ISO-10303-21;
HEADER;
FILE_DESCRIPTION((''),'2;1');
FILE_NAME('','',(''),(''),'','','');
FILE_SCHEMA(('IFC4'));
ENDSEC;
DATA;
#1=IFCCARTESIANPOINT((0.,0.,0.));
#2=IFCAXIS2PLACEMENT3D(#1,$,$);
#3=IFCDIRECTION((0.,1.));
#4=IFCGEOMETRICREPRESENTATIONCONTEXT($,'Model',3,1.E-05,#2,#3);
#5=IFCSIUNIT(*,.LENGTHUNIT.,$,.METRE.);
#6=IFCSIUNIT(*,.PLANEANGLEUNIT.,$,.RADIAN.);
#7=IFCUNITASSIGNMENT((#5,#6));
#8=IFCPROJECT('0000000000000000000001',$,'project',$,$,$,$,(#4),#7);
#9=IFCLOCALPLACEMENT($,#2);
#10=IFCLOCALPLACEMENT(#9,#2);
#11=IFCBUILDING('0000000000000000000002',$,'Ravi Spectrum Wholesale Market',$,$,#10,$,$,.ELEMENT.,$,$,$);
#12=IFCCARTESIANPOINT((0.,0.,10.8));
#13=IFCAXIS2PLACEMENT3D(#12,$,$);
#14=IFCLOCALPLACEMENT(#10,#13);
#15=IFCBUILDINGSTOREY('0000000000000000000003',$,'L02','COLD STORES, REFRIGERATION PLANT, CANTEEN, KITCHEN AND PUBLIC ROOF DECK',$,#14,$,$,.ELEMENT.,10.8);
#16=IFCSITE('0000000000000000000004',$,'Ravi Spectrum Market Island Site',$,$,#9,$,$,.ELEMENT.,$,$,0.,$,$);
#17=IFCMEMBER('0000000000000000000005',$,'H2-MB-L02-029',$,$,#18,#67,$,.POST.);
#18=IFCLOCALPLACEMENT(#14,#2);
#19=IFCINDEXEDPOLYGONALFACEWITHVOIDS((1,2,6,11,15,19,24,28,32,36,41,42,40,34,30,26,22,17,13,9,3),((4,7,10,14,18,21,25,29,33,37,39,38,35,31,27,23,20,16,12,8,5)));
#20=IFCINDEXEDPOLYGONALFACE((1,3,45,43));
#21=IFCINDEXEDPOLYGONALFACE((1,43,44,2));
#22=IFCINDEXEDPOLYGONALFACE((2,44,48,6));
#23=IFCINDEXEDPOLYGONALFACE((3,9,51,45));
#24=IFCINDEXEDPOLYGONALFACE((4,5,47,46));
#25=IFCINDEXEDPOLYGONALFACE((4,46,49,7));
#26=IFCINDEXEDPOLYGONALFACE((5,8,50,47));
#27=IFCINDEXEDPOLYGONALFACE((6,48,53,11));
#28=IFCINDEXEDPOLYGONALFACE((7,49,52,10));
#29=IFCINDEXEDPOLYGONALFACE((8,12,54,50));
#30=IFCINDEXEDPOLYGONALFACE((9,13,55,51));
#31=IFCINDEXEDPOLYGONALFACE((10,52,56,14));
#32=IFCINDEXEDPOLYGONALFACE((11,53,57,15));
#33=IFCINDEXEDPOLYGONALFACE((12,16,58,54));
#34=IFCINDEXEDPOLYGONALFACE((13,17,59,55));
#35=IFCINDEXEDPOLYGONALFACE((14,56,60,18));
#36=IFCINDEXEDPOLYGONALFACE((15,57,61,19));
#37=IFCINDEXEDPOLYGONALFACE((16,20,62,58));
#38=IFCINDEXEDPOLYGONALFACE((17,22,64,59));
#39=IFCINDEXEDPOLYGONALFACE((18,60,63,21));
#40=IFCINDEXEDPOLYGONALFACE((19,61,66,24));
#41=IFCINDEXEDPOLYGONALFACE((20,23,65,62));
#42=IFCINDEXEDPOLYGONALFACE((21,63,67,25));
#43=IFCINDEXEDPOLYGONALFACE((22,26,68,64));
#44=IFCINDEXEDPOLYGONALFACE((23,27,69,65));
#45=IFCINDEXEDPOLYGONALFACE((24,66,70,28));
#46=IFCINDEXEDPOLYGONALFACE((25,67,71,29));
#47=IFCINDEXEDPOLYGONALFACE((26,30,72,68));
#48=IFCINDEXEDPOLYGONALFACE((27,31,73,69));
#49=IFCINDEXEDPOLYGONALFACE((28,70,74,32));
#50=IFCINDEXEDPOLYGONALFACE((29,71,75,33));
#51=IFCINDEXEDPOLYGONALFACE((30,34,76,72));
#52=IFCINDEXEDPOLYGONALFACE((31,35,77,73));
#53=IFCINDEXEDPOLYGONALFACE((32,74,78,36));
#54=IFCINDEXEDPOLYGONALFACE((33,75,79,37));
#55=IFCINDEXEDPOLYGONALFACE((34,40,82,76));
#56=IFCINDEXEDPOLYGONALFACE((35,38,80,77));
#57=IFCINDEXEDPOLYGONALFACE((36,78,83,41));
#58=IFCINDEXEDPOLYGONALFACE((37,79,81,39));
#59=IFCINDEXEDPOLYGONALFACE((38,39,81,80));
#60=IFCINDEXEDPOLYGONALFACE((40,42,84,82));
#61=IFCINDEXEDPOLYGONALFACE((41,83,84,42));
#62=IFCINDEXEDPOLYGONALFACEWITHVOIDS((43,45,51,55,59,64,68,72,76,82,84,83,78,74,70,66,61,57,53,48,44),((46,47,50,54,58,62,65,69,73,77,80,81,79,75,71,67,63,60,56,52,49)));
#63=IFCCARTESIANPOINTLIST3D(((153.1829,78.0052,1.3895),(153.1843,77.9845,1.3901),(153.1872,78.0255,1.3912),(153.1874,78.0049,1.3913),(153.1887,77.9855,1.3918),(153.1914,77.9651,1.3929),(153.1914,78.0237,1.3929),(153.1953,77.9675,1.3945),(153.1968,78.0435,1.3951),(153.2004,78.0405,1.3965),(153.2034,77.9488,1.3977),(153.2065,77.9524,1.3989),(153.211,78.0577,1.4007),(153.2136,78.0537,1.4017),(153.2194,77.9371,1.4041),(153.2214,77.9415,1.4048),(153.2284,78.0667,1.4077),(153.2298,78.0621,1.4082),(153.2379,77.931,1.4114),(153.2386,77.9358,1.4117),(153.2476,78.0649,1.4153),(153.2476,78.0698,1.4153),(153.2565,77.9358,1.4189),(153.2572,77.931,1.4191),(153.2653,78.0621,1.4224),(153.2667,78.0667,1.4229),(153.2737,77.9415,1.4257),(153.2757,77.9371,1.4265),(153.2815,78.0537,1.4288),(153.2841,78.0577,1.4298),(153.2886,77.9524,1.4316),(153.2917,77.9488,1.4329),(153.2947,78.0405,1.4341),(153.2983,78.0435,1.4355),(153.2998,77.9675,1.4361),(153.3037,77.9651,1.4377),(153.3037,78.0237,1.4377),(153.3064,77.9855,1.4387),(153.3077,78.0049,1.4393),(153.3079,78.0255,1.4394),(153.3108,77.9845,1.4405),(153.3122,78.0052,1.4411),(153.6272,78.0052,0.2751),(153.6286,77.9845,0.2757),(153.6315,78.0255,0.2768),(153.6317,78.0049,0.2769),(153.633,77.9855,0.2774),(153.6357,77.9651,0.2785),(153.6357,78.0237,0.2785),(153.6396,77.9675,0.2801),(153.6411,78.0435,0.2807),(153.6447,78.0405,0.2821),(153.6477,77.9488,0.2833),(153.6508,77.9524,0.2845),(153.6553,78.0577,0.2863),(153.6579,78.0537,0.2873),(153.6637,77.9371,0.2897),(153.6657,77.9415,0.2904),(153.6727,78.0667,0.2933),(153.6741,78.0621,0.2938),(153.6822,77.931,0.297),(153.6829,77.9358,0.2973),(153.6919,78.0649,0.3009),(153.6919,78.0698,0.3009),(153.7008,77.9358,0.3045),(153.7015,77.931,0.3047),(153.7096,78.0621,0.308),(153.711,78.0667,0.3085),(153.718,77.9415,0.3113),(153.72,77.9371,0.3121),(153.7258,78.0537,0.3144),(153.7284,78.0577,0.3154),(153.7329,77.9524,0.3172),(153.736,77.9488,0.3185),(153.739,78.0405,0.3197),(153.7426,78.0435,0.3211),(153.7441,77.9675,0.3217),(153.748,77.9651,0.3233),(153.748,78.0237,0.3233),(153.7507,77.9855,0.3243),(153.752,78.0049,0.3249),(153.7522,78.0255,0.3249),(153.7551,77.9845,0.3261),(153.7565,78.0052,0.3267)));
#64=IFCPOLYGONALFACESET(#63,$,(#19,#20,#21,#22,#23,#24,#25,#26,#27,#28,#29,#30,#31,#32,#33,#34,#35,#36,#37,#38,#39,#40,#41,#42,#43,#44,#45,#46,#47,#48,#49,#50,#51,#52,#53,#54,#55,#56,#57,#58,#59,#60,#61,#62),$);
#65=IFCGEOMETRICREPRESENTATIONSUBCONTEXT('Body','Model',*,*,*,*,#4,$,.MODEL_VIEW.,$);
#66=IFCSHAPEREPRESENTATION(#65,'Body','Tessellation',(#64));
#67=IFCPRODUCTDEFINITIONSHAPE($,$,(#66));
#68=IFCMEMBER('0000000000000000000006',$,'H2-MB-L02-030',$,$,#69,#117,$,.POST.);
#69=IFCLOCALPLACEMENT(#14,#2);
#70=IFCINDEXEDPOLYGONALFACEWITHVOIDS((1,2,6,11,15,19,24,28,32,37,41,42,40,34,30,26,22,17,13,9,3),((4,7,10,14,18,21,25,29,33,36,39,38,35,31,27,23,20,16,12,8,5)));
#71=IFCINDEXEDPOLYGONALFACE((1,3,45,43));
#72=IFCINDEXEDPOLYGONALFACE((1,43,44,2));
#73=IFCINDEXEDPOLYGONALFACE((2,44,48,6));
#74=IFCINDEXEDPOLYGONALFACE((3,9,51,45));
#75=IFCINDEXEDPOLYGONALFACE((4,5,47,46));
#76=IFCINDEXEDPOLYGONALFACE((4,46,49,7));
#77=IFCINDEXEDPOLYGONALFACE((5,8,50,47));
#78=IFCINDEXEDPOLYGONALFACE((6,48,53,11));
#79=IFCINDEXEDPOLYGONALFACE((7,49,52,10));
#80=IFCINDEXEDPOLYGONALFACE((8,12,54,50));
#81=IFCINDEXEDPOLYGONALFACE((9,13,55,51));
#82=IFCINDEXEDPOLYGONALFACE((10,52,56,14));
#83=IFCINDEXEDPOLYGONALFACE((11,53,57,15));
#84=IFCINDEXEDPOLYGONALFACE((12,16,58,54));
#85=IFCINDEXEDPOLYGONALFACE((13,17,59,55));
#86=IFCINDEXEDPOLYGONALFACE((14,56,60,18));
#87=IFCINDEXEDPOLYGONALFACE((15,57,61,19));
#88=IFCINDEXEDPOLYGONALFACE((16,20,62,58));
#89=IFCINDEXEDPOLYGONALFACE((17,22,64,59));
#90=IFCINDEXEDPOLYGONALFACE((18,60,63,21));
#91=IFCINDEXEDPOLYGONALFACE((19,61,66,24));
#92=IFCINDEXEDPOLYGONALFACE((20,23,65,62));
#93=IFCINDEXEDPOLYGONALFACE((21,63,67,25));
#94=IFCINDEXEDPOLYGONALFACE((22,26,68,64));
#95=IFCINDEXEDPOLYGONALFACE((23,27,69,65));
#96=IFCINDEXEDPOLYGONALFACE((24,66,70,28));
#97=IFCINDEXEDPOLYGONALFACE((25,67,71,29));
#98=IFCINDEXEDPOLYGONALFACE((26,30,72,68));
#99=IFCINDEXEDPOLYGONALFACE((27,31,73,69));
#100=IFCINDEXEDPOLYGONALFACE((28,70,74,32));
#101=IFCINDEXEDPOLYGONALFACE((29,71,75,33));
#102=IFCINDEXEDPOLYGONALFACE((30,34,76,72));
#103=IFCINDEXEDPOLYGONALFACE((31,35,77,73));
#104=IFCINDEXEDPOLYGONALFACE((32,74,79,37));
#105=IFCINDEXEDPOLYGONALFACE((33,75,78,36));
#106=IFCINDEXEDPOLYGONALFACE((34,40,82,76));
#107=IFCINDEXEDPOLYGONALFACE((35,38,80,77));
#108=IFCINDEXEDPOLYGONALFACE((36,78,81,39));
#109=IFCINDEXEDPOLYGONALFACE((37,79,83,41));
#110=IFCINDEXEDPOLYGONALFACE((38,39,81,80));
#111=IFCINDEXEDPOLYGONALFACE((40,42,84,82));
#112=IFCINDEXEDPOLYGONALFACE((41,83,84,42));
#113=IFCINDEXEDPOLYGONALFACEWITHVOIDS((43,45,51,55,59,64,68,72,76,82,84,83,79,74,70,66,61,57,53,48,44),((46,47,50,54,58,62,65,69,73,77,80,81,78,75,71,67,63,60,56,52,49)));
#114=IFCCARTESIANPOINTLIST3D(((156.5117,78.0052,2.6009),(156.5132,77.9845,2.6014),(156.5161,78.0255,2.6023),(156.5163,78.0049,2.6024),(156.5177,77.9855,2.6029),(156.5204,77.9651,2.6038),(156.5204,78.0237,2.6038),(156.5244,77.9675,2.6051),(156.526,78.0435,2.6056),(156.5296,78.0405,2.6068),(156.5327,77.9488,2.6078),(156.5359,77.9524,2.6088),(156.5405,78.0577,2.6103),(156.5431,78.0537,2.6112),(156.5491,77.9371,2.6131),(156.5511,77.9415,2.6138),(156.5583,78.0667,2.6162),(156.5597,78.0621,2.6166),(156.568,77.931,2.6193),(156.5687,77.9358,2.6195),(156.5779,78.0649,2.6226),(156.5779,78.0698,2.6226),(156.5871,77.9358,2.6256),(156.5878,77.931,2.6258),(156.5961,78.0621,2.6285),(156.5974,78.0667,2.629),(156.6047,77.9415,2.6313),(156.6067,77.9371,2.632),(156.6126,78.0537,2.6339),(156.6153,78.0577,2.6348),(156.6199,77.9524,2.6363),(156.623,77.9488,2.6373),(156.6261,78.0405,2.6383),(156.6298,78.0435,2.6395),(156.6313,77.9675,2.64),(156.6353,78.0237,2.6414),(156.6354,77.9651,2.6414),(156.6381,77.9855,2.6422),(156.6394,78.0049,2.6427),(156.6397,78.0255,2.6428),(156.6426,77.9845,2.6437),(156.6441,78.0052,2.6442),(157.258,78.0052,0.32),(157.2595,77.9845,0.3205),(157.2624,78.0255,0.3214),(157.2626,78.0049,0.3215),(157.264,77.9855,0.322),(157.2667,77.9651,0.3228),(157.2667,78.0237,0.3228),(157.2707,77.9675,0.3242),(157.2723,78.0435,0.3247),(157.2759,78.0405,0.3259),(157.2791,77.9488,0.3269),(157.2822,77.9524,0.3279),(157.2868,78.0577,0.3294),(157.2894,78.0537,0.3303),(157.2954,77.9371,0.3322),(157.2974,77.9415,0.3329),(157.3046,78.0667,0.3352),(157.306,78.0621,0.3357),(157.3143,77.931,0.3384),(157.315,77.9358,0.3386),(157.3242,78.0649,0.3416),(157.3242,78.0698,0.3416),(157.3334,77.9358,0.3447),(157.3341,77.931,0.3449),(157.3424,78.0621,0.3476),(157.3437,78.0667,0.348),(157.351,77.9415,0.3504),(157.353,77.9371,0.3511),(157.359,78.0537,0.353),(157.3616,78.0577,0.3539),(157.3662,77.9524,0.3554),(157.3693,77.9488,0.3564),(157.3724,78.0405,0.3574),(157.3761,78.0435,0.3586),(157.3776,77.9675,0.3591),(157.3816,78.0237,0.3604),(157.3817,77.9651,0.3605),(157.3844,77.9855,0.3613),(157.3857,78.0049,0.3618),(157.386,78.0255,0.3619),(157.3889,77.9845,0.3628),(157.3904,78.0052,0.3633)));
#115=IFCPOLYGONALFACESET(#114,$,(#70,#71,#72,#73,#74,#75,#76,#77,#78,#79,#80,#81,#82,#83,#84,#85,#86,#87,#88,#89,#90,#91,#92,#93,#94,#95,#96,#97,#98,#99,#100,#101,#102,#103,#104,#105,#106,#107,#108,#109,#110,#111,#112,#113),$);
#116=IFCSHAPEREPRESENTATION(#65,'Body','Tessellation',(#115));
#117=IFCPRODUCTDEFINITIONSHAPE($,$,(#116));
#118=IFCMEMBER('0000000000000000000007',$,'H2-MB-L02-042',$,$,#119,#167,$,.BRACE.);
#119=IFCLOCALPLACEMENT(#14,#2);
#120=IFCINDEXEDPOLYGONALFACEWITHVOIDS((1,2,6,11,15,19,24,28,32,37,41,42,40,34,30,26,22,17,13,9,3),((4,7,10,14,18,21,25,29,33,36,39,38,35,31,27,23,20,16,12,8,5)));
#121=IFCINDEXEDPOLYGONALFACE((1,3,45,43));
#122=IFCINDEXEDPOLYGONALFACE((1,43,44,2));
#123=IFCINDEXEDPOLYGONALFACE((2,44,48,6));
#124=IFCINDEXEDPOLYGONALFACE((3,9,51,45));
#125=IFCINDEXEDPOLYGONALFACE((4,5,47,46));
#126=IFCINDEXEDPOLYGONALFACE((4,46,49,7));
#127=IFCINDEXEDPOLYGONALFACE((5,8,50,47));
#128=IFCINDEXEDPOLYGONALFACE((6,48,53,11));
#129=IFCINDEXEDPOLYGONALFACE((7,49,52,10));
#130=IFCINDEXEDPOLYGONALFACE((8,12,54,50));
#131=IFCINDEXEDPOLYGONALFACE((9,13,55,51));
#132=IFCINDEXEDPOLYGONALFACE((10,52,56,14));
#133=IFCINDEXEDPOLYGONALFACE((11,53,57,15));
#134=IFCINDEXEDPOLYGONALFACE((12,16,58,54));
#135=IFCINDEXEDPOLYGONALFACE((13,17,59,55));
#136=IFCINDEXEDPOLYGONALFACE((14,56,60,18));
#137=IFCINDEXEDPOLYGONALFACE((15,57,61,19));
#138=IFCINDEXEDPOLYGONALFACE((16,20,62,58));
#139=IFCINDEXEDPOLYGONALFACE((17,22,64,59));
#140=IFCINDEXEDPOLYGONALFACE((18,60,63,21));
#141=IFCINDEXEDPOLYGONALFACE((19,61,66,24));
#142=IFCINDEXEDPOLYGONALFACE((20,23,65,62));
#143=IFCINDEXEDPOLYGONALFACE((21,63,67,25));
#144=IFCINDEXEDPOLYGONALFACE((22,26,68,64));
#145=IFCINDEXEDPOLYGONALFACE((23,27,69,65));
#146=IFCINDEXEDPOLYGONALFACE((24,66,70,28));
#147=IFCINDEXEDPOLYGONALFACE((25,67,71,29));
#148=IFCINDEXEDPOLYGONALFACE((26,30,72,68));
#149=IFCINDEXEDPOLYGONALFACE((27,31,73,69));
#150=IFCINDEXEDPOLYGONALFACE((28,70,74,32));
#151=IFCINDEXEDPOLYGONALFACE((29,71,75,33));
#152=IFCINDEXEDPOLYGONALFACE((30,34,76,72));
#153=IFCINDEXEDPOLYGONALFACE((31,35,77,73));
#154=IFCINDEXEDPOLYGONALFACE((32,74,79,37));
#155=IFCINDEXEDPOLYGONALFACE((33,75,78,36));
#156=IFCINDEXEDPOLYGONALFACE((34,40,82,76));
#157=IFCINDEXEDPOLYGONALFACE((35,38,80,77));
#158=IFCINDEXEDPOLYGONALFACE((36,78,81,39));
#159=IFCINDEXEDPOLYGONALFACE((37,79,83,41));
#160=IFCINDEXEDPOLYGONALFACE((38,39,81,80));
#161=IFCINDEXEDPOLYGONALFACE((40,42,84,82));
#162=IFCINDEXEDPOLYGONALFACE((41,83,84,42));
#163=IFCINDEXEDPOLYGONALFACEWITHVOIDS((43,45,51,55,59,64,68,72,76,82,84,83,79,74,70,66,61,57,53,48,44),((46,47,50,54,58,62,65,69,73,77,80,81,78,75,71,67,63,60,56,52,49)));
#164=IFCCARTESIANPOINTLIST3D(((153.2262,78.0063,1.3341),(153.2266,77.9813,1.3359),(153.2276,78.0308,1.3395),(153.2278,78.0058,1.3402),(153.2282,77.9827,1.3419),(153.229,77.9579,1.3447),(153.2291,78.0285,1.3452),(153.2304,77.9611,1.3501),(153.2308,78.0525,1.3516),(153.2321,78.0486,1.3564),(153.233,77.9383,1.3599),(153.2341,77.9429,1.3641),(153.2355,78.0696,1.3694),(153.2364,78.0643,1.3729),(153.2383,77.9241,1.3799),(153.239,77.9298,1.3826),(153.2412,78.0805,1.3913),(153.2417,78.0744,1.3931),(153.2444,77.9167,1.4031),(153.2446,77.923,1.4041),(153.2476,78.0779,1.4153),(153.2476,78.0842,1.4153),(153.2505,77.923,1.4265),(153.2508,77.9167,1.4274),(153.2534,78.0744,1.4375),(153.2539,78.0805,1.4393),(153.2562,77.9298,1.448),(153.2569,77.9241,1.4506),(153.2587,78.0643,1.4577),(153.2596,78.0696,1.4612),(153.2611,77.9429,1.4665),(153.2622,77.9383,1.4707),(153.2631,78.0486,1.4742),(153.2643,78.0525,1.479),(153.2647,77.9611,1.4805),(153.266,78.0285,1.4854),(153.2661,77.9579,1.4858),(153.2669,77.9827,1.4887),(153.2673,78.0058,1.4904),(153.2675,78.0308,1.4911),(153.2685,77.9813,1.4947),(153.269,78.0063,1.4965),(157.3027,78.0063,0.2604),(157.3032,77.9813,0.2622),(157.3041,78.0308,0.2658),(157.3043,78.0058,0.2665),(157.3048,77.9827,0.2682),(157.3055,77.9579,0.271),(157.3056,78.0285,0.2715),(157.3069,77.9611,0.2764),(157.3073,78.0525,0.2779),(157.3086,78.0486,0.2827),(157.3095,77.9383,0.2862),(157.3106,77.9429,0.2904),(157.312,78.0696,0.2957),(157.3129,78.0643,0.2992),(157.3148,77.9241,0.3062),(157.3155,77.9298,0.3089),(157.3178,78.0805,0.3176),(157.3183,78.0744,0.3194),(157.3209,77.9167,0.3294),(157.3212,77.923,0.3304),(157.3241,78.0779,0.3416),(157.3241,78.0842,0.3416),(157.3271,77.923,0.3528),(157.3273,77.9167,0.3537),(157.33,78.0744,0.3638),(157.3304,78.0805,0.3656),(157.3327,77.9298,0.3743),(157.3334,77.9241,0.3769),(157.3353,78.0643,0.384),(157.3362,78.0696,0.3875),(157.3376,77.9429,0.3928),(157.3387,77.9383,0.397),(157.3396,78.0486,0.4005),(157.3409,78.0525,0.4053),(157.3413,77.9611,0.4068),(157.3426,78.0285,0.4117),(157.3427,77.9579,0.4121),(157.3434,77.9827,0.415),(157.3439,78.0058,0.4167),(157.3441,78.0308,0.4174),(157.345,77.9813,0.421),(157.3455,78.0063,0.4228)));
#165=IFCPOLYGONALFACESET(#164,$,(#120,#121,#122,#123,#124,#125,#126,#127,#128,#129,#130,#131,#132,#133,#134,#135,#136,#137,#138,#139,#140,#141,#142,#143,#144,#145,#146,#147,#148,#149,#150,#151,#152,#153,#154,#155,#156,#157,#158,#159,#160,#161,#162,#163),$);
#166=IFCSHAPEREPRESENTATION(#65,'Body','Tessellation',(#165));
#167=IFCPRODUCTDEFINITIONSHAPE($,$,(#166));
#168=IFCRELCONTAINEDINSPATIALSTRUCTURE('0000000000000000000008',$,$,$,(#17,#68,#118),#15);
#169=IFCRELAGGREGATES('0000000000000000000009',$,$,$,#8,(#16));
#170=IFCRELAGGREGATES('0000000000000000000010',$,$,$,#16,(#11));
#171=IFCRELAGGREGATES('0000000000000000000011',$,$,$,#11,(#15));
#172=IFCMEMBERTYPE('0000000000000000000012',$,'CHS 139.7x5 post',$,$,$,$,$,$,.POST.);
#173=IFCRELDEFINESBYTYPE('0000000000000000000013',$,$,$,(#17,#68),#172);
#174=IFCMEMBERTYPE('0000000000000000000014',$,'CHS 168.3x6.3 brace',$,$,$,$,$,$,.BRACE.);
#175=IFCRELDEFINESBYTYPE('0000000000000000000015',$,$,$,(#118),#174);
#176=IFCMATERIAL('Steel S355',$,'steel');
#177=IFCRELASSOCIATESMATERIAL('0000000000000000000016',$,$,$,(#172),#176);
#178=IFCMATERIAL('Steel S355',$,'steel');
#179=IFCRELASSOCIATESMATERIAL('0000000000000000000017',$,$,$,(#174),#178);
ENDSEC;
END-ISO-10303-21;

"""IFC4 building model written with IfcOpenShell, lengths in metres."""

from ifc_helpers import new_model, si_unit, direction, frame, origin, origin_2d, place, context, subcontext, project, spatial, hollow_circle, extrude, material, material_profile, profile_set, type_object, element, save


model = new_model("IFC4")

# Units and contexts
model_context = context("Model", 3, precision=1e-05, world=origin(), true_north=direction((0.0, 1.0)))
body_context = subcontext(model_context, "Body", "Model", "MODEL_VIEW")
ifc_project = project(units=[si_unit("LENGTHUNIT", "METRE"), si_unit("PLANEANGLEUNIT", "RADIAN")], contexts=[model_context])

# Site, building, storey
site_placement = place(None, origin())
site = spatial("IfcSite", under=ifc_project, at=site_placement, Name="Ravi Spectrum Market Island Site", CompositionType="ELEMENT", RefElevation=0.0)
building_placement = place(site_placement, origin())
building = spatial("IfcBuilding", under=site, at=building_placement, Name="Ravi Spectrum Wholesale Market", CompositionType="ELEMENT")
storey_placement = place(building_placement, frame((0.0, 0.0, 10.8)))
storey = spatial("IfcBuildingStorey", under=building, at=storey_placement, Name="L02", Description="COLD STORES, REFRIGERATION PLANT, CANTEEN, KITCHEN AND PUBLIC ROOF DECK", CompositionType="ELEMENT", Elevation=10.8)

# Members
ifc_material_1 = material(Name="Steel S355", Category="steel")
ifc_material_profile_1 = material_profile(ifc_material_1, hollow_circle(Radius=0.0698, WallThickness=0.0049, at=origin_2d()))
ifc_profile_set_1 = profile_set([ifc_material_profile_1], Name="Steel S355")
member_type_1 = type_object("IfcMemberType", Name="CHS 139.7x5 post", PredefinedType="POST", material=ifc_profile_set_1)
member_1_placement = place(storey_placement, frame((153.2476, 78.0, 1.4153), z_axis=(0.370338, 0.0, -0.928897), x_axis=(0.0, 1.0, 0.0)))
element("IfcMember", 1, at=member_1_placement, inside=storey, type_object=member_type_1, Name="H2-MB-L02-029", PredefinedType="POST", context=body_context, shape_type="SweptSolid", body=[
    extrude(hollow_circle(Radius=0.0698, WallThickness=0.0049, at=origin_2d()), origin(), (0.0, 0.0, 1.0), 1.1997),
])
member_2_placement = place(storey_placement, frame((156.5779, 78.0, 2.6226), z_axis=(0.310974, 0.0, -0.950418), x_axis=(0.0, 1.0, 0.0)))
element("IfcMember", 2, at=member_2_placement, inside=storey, type_object=member_type_1, Name="H2-MB-L02-030", PredefinedType="POST", context=body_context, shape_type="SweptSolid", body=[
    extrude(hollow_circle(Radius=0.0698, WallThickness=0.0049, at=origin_2d()), origin(), (0.0, 0.0, 1.0), 2.3999),
])
ifc_material_2 = material(Name="Steel S355", Category="steel")
ifc_material_profile_2 = material_profile(ifc_material_2, hollow_circle(Radius=0.0842, WallThickness=0.0063, at=origin_2d()))
ifc_profile_set_2 = profile_set([ifc_material_profile_2], Name="Steel S355")
member_type_2 = type_object("IfcMemberType", Name="CHS 168.3x6.3 brace", PredefinedType="BRACE", material=ifc_profile_set_2)
member_3_placement = place(storey_placement, frame((153.2476, 78.0, 1.4153), z_axis=(0.967021, 0.0, -0.254699), x_axis=(0.0, 1.0, 0.0)))
element("IfcMember", 3, at=member_3_placement, inside=storey, type_object=member_type_2, Name="H2-MB-L02-042", PredefinedType="BRACE", context=body_context, shape_type="SweptSolid", body=[
    extrude(hollow_circle(Radius=0.0842, WallThickness=0.0063, at=origin_2d()), origin(), (0.0, 0.0, 1.0), 4.2156),
])

save(model, "model.ifc")
